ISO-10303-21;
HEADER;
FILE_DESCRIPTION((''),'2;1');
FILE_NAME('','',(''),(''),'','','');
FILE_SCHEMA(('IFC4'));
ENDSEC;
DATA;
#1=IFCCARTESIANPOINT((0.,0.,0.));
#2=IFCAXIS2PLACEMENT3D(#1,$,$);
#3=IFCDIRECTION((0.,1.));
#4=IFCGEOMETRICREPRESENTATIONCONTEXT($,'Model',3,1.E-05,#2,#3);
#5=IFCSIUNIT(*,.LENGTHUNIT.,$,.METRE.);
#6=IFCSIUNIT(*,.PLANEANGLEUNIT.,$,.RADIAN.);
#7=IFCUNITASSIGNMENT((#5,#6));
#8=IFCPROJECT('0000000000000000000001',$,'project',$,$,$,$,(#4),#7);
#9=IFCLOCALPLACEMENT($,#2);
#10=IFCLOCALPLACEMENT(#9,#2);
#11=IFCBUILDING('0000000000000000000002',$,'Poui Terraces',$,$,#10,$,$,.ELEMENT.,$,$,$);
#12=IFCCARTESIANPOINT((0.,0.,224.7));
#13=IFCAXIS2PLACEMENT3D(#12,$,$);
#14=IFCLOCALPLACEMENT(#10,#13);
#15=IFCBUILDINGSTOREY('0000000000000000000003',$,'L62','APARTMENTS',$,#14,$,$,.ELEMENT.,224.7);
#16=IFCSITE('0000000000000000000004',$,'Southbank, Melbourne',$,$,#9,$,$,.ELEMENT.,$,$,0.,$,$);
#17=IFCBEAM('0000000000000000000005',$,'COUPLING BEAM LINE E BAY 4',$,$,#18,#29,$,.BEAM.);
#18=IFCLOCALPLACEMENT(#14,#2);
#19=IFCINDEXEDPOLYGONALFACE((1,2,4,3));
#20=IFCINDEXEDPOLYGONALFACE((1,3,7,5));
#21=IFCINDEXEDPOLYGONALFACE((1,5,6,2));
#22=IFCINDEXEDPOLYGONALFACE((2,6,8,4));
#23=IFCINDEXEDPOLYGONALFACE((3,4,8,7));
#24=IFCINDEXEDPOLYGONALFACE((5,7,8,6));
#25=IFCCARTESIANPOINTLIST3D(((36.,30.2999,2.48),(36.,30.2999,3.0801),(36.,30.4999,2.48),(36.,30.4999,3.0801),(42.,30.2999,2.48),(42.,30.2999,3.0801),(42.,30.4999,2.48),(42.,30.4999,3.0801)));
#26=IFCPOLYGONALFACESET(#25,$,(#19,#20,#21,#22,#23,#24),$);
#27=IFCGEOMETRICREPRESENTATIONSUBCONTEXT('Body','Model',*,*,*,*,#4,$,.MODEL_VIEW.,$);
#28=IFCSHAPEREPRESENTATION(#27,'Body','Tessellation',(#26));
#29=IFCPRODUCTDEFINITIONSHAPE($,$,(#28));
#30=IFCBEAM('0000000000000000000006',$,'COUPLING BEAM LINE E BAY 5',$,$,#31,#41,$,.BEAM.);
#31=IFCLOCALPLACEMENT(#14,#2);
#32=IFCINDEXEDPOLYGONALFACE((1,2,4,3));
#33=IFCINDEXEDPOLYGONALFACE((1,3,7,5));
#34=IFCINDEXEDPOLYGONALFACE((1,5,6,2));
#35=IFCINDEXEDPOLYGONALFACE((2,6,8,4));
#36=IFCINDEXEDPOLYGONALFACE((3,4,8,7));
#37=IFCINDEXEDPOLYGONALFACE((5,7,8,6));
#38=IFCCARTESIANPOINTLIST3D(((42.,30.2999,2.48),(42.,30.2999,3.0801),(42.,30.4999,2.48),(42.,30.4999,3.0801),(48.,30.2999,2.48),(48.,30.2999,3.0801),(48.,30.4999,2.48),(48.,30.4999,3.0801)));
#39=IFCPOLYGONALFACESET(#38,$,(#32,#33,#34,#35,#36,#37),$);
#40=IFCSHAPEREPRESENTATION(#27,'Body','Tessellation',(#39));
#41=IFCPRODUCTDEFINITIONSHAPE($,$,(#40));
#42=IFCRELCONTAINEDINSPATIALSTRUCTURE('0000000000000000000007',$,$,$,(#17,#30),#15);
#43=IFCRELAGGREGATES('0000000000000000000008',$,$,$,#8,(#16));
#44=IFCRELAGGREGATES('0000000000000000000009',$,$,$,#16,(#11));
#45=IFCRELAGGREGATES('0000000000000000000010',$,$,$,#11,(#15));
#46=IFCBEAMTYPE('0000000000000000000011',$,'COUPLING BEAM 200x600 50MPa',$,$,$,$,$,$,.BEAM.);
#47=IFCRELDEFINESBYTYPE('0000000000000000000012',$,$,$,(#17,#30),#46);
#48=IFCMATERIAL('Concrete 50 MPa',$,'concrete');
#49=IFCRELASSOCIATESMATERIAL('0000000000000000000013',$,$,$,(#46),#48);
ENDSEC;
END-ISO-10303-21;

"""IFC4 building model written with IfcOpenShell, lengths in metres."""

from ifc_helpers import new_model, si_unit, direction, frame, origin, origin_2d, place, context, subcontext, project, spatial, rectangle, extrude, source, transform, mapped, material, material_profile, profile_set, type_object, element, save


model = new_model("IFC4")

# Units and contexts
model_context = context("Model", 3, precision=1e-05, world=origin(), true_north=direction((0.0, 1.0)))
body_context = subcontext(model_context, "Body", "Model", "MODEL_VIEW")
ifc_project = project(units=[si_unit("LENGTHUNIT", "METRE"), si_unit("PLANEANGLEUNIT", "RADIAN")], contexts=[model_context])

# Site, building, storey
site_placement = place(None, origin())
site = spatial("IfcSite", under=ifc_project, at=site_placement, Name="Southbank, Melbourne", CompositionType="ELEMENT", RefElevation=0.0)
building_placement = place(site_placement, origin())
building = spatial("IfcBuilding", under=site, at=building_placement, Name="Poui Terraces", CompositionType="ELEMENT")
storey_placement = place(building_placement, frame((0.0, 0.0, 224.7)))
storey = spatial("IfcBuildingStorey", under=building, at=storey_placement, Name="L62", Description="APARTMENTS", CompositionType="ELEMENT", Elevation=224.7)

# Beams
ifc_material_1 = material(Name="Concrete 50 MPa", Category="concrete")
ifc_material_profile = material_profile(ifc_material_1, rectangle(XDim=0.2, YDim=0.6001, at=origin_2d()), Name="RC 200x600")
ifc_profile_set = profile_set([ifc_material_profile], Name="Concrete 50 MPa")
beam_type = type_object("IfcBeamType", Name="COUPLING BEAM 200x600 50MPa", PredefinedType="BEAM", material=ifc_profile_set)
shared_shape = source(origin(), body_context, "Body", "SweptSolid", [
    extrude(rectangle(XDim=0.2, YDim=0.6001, at=origin_2d()), origin(), (0.0, 0.0, 1.0), 6.0),
])
for number, where, z_axis, x_axis, name in (
    (1, (36.0, 30.3999, 2.78), (1.0, 0.0, 0.0), (0.0, 1.0, 0.0), "COUPLING BEAM LINE E BAY 4"),
    (2, (42.0, 30.3999, 2.78), (1.0, 0.0, 0.0), (0.0, 1.0, 0.0), "COUPLING BEAM LINE E BAY 5"),
):
    element("IfcBeam", number, at=place(storey_placement, frame(where, z_axis=z_axis, x_axis=x_axis)), inside=storey, type_object=beam_type, Name=name, PredefinedType="BEAM", context=body_context, shape_type="MappedRepresentation", body=[
        mapped(shared_shape, transform((0.0, 0.0, 0.0))),
    ])

save(model, "model.ifc")
